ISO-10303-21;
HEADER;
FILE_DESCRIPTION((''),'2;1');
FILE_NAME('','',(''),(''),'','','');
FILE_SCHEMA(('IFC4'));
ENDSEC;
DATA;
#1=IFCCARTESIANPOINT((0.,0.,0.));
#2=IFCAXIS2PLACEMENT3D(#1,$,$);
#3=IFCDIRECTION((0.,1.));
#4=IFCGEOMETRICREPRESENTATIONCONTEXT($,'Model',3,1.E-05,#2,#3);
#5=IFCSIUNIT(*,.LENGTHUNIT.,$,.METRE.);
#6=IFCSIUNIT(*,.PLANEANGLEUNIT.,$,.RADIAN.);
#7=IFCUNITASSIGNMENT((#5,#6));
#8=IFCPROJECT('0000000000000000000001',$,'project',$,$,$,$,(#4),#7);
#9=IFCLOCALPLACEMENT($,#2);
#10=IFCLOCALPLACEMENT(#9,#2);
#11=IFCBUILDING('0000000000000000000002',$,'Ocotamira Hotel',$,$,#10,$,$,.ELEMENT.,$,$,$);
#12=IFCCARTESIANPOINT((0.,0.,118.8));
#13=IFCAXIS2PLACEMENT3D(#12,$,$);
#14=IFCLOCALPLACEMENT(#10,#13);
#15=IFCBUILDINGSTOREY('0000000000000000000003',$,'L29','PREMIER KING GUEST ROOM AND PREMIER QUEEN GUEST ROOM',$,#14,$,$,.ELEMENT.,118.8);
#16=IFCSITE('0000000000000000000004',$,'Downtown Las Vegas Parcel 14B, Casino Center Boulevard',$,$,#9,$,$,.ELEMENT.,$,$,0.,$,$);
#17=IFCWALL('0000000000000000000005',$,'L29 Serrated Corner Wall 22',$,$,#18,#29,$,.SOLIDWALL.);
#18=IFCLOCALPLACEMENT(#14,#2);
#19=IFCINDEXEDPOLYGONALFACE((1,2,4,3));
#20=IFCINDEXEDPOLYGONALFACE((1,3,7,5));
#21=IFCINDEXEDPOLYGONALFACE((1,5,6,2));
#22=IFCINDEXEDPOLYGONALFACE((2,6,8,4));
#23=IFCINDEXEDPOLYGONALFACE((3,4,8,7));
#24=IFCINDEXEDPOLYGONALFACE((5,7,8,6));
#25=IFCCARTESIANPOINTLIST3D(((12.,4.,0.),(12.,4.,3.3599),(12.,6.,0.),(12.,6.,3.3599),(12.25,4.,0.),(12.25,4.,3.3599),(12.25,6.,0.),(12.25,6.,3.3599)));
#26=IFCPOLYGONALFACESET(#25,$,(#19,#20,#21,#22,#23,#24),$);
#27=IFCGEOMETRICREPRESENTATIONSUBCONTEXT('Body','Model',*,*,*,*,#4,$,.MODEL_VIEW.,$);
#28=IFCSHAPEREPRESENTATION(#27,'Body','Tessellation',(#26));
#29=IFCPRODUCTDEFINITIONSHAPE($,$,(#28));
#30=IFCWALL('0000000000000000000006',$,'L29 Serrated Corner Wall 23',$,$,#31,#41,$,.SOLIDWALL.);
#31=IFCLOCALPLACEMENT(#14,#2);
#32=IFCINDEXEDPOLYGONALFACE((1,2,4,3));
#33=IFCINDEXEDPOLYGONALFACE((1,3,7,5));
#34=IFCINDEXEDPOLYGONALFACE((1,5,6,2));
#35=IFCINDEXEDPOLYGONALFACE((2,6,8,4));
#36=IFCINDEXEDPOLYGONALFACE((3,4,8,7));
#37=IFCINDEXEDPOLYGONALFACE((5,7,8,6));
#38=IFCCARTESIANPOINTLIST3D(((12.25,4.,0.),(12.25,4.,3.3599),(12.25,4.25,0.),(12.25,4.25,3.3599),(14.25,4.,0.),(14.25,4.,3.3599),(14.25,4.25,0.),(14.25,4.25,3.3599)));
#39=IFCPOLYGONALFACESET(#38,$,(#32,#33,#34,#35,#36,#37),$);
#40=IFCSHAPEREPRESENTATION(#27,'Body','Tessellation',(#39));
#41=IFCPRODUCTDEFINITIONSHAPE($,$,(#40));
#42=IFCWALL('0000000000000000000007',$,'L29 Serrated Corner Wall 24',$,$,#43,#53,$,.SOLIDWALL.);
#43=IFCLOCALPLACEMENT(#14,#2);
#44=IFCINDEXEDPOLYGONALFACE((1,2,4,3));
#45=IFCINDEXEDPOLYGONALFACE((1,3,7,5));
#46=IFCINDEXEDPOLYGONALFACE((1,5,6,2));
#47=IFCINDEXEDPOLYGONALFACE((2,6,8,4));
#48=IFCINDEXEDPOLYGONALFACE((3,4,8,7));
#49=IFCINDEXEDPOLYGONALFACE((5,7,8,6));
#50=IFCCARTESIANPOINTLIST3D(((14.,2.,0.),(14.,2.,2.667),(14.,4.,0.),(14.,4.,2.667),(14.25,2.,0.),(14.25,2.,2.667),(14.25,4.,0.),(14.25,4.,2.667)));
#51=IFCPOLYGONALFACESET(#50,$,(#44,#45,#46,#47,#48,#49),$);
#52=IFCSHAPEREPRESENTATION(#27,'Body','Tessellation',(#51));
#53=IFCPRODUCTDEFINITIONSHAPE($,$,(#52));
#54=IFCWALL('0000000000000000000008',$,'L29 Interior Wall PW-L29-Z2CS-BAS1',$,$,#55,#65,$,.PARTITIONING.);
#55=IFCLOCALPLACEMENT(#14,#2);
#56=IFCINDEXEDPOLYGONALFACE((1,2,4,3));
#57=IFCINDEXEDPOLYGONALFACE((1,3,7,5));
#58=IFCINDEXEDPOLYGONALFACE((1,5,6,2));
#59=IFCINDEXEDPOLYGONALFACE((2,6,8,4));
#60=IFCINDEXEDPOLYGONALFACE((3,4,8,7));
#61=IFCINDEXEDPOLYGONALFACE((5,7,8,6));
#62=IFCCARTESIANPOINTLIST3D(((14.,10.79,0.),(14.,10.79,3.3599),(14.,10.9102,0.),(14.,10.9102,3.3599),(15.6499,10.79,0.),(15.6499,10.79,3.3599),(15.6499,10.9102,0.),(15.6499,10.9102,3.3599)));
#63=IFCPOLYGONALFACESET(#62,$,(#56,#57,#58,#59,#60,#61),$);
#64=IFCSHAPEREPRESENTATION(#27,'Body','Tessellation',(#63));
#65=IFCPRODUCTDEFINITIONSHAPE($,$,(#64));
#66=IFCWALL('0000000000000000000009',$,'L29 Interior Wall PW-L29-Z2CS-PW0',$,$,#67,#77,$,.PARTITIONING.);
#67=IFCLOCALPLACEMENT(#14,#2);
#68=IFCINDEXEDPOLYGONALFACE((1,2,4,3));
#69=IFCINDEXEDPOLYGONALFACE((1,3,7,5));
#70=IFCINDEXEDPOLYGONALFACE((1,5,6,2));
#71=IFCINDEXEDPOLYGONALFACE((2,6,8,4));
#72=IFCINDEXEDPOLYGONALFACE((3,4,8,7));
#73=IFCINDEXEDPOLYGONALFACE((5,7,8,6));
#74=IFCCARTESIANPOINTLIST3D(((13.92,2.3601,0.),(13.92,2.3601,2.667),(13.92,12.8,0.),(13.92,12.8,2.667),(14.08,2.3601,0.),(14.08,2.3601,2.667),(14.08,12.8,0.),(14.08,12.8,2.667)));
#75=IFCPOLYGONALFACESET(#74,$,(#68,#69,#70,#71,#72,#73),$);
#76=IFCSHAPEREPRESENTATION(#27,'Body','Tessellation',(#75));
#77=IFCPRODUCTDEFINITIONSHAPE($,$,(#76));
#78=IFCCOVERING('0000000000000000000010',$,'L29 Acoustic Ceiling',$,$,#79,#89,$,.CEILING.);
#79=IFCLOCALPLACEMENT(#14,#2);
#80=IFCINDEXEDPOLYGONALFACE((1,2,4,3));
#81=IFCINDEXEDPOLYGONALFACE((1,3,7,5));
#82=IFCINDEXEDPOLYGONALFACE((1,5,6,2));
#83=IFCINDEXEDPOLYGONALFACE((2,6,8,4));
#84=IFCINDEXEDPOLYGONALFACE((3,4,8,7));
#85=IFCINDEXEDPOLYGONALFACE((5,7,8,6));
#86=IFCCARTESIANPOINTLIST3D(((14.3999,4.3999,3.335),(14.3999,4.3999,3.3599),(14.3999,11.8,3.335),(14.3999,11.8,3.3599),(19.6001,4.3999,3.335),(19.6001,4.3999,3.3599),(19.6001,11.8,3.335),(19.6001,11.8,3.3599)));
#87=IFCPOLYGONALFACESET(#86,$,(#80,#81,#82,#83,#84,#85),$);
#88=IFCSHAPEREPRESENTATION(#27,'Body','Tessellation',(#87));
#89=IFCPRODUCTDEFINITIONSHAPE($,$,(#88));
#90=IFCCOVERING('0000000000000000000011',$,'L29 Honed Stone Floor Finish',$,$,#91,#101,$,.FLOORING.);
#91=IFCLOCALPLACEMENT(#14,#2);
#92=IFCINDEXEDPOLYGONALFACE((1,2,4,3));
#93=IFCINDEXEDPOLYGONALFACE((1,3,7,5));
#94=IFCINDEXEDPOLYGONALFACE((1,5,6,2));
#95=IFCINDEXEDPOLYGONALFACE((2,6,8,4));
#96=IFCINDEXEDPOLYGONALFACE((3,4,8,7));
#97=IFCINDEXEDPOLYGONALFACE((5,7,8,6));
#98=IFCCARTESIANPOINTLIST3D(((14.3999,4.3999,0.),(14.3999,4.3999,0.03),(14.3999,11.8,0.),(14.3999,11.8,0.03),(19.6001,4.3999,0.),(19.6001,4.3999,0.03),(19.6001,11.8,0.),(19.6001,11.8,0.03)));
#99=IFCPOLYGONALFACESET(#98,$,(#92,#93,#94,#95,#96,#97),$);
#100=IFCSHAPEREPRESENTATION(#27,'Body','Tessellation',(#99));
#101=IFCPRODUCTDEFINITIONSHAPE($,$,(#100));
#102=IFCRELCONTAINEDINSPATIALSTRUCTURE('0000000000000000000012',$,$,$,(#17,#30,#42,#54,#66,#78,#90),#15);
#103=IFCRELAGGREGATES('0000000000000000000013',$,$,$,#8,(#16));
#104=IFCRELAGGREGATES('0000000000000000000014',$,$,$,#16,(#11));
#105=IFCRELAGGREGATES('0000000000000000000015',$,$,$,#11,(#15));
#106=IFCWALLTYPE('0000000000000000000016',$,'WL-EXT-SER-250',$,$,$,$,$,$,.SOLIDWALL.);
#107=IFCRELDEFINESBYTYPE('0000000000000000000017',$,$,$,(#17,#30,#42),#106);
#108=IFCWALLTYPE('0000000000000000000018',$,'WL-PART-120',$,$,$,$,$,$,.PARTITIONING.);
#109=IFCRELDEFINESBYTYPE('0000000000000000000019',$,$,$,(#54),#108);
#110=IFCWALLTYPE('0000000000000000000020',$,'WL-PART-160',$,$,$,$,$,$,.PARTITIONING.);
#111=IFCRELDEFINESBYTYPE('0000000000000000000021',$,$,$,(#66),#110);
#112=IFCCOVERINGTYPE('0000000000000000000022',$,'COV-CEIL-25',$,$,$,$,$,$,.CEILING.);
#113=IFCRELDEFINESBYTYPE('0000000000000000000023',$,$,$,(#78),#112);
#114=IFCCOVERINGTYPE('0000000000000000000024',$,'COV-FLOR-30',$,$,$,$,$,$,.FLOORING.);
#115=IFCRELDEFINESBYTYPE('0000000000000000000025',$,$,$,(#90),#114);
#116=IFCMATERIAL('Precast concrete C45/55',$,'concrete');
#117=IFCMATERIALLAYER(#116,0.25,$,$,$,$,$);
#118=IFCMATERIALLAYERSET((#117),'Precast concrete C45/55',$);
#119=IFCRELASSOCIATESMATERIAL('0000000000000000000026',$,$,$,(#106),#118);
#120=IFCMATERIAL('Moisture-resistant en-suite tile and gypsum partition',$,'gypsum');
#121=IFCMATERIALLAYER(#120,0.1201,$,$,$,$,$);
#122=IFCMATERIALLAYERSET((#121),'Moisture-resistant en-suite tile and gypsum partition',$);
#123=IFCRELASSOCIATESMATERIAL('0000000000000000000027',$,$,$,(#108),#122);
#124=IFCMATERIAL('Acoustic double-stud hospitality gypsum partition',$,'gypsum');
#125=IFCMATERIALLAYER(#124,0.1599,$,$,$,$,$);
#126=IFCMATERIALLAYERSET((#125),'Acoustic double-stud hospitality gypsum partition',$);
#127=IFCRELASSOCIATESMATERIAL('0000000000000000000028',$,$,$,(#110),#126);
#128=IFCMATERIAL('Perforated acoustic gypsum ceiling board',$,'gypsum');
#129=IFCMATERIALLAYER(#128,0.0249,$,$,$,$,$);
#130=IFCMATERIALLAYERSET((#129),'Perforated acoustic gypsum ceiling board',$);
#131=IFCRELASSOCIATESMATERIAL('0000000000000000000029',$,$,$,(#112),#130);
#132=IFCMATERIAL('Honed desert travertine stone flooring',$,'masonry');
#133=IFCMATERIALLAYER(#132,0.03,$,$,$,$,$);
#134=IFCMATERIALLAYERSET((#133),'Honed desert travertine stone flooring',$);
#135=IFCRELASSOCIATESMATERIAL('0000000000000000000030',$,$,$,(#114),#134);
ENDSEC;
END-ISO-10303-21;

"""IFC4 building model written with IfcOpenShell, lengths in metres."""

from ifc_helpers import new_model, si_unit, direction, frame, frame_2d, origin, place, context, subcontext, project, spatial, polyline, rectangle, outline, extrude, material, layer, layer_set, type_object, element, save


model = new_model("IFC4")

# Units and contexts
model_context = context("Model", 3, precision=1e-05, world=origin(), true_north=direction((0.0, 1.0)))
body_context = subcontext(model_context, "Body", "Model", "MODEL_VIEW")
ifc_project = project(units=[si_unit("LENGTHUNIT", "METRE"), si_unit("PLANEANGLEUNIT", "RADIAN")], contexts=[model_context])

# Site, building, storey
site_placement = place(None, origin())
site = spatial("IfcSite", under=ifc_project, at=site_placement, Name="Downtown Las Vegas Parcel 14B, Casino Center Boulevard", CompositionType="ELEMENT", RefElevation=0.0)
building_placement = place(site_placement, origin())
building = spatial("IfcBuilding", under=site, at=building_placement, Name="Ocotamira Hotel", CompositionType="ELEMENT")
storey_placement = place(building_placement, frame((0.0, 0.0, 118.8)))
storey = spatial("IfcBuildingStorey", under=building, at=storey_placement, Name="L29", Description="PREMIER KING GUEST ROOM AND PREMIER QUEEN GUEST ROOM", CompositionType="ELEMENT", Elevation=118.8)

# Walls
ifc_material_1 = material(Name="Precast concrete C45/55", Category="concrete")
ifc_layer_1 = layer(ifc_material_1, 0.25)
ifc_layer_set_1 = layer_set([ifc_layer_1], Name="Precast concrete C45/55")
wall_type_1 = type_object("IfcWallType", Name="WL-EXT-SER-250", PredefinedType="SOLIDWALL", material=ifc_layer_set_1)
for number, where, z_axis, x_axis, name in (
    (1, (12.125, 6.0, 0.0), (0.0, 0.0, 1.0), (0.0, -1.0, 0.0), "L29 Serrated Corner Wall 22"),
    (2, (12.25, 4.125, 0.0), (0.0, 0.0, 1.0), (1.0, 0.0, 0.0), "L29 Serrated Corner Wall 23"),
):
    element("IfcWall", number, at=place(storey_placement, frame(where, z_axis=z_axis, x_axis=x_axis)), inside=storey, type_object=wall_type_1, Name=name, PredefinedType="SOLIDWALL", context=body_context, shape_type="SweptSolid", body=[
        extrude(rectangle(XDim=2.0, YDim=0.25, at=frame_2d((1.0, 0.0))), origin(), (0.0, 0.0, 1.0), 3.3599),
    ])
wall_1_placement = place(storey_placement, frame((14.125, 4.0, 0.0), z_axis=(0.0, 0.0, 1.0), x_axis=(0.0, -1.0, 0.0)))
element("IfcWall", 3, at=wall_1_placement, inside=storey, type_object=wall_type_1, Name="L29 Serrated Corner Wall 24", PredefinedType="SOLIDWALL", context=body_context, shape_type="SweptSolid", body=[
    extrude(rectangle(XDim=2.0, YDim=0.25, at=frame_2d((1.0, 0.0))), origin(), (0.0, 0.0, 1.0), 2.667),
])

# Walls
ifc_material_2 = material(Name="Moisture-resistant en-suite tile and gypsum partition", Category="gypsum")
ifc_layer_2 = layer(ifc_material_2, 0.1201)
ifc_layer_set_2 = layer_set([ifc_layer_2], Name="Moisture-resistant en-suite tile and gypsum partition")
wall_type_2 = type_object("IfcWallType", Name="WL-PART-120", PredefinedType="PARTITIONING", material=ifc_layer_set_2)
wall_2_placement = place(storey_placement, frame((14.0, 10.8501, 0.0), z_axis=(0.0, 0.0, 1.0), x_axis=(1.0, 0.0, 0.0)))
element("IfcWall", 4, at=wall_2_placement, inside=storey, type_object=wall_type_2, Name="L29 Interior Wall PW-L29-Z2CS-BAS1", PredefinedType="PARTITIONING", context=body_context, shape_type="SweptSolid", body=[
    extrude(rectangle(XDim=1.6499, YDim=0.1201, at=frame_2d((0.825, 0.0))), origin(), (0.0, 0.0, 1.0), 3.3599),
])
ifc_material_3 = material(Name="Acoustic double-stud hospitality gypsum partition", Category="gypsum")
ifc_layer_3 = layer(ifc_material_3, 0.1599)
ifc_layer_set_3 = layer_set([ifc_layer_3], Name="Acoustic double-stud hospitality gypsum partition")
wall_type_3 = type_object("IfcWallType", Name="WL-PART-160", PredefinedType="PARTITIONING", material=ifc_layer_set_3)
wall_3_placement = place(storey_placement, frame((14.0, 2.3601, 0.0), z_axis=(0.0, 0.0, 1.0), x_axis=(0.0, 1.0, 0.0)))
element("IfcWall", 5, at=wall_3_placement, inside=storey, type_object=wall_type_3, Name="L29 Interior Wall PW-L29-Z2CS-PW0", PredefinedType="PARTITIONING", context=body_context, shape_type="SweptSolid", body=[
    extrude(rectangle(XDim=10.4399, YDim=0.1599, at=frame_2d((5.22, 0.0))), origin(), (0.0, 0.0, 1.0), 2.667),
])

# Coverings
ifc_material_4 = material(Name="Perforated acoustic gypsum ceiling board", Category="gypsum")
ifc_layer_4 = layer(ifc_material_4, 0.0249)
ifc_layer_set_4 = layer_set([ifc_layer_4], Name="Perforated acoustic gypsum ceiling board")
covering_type_1 = type_object("IfcCoveringType", Name="COV-CEIL-25", PredefinedType="CEILING", material=ifc_layer_set_4)
covering_1_placement = place(storey_placement, frame((0.0, 0.0, 3.335)))
element("IfcCovering", 6, at=covering_1_placement, inside=storey, type_object=covering_type_1, Name="L29 Acoustic Ceiling", PredefinedType="CEILING", context=body_context, shape_type="SweptSolid", body=[
    extrude(outline(polyline([(14.3999, 4.3999), (19.6001, 4.3999), (19.6001, 11.8), (14.3999, 11.8), (14.3999, 4.3999)])), origin(), (0.0, 0.0, 1.0), 0.0249),
])
ifc_material_5 = material(Name="Honed desert travertine stone flooring", Category="masonry")
ifc_layer_5 = layer(ifc_material_5, 0.03)
ifc_layer_set_5 = layer_set([ifc_layer_5], Name="Honed desert travertine stone flooring")
covering_type_2 = type_object("IfcCoveringType", Name="COV-FLOR-30", PredefinedType="FLOORING", material=ifc_layer_set_5)
covering_2_placement = place(storey_placement, origin())
element("IfcCovering", 7, at=covering_2_placement, inside=storey, type_object=covering_type_2, Name="L29 Honed Stone Floor Finish", PredefinedType="FLOORING", context=body_context, shape_type="SweptSolid", body=[
    extrude(outline(polyline([(14.3999, 4.3999), (19.6001, 4.3999), (19.6001, 11.8), (14.3999, 11.8), (14.3999, 4.3999)])), origin(), (0.0, 0.0, 1.0), 0.03),
])

save(model, "model.ifc")
